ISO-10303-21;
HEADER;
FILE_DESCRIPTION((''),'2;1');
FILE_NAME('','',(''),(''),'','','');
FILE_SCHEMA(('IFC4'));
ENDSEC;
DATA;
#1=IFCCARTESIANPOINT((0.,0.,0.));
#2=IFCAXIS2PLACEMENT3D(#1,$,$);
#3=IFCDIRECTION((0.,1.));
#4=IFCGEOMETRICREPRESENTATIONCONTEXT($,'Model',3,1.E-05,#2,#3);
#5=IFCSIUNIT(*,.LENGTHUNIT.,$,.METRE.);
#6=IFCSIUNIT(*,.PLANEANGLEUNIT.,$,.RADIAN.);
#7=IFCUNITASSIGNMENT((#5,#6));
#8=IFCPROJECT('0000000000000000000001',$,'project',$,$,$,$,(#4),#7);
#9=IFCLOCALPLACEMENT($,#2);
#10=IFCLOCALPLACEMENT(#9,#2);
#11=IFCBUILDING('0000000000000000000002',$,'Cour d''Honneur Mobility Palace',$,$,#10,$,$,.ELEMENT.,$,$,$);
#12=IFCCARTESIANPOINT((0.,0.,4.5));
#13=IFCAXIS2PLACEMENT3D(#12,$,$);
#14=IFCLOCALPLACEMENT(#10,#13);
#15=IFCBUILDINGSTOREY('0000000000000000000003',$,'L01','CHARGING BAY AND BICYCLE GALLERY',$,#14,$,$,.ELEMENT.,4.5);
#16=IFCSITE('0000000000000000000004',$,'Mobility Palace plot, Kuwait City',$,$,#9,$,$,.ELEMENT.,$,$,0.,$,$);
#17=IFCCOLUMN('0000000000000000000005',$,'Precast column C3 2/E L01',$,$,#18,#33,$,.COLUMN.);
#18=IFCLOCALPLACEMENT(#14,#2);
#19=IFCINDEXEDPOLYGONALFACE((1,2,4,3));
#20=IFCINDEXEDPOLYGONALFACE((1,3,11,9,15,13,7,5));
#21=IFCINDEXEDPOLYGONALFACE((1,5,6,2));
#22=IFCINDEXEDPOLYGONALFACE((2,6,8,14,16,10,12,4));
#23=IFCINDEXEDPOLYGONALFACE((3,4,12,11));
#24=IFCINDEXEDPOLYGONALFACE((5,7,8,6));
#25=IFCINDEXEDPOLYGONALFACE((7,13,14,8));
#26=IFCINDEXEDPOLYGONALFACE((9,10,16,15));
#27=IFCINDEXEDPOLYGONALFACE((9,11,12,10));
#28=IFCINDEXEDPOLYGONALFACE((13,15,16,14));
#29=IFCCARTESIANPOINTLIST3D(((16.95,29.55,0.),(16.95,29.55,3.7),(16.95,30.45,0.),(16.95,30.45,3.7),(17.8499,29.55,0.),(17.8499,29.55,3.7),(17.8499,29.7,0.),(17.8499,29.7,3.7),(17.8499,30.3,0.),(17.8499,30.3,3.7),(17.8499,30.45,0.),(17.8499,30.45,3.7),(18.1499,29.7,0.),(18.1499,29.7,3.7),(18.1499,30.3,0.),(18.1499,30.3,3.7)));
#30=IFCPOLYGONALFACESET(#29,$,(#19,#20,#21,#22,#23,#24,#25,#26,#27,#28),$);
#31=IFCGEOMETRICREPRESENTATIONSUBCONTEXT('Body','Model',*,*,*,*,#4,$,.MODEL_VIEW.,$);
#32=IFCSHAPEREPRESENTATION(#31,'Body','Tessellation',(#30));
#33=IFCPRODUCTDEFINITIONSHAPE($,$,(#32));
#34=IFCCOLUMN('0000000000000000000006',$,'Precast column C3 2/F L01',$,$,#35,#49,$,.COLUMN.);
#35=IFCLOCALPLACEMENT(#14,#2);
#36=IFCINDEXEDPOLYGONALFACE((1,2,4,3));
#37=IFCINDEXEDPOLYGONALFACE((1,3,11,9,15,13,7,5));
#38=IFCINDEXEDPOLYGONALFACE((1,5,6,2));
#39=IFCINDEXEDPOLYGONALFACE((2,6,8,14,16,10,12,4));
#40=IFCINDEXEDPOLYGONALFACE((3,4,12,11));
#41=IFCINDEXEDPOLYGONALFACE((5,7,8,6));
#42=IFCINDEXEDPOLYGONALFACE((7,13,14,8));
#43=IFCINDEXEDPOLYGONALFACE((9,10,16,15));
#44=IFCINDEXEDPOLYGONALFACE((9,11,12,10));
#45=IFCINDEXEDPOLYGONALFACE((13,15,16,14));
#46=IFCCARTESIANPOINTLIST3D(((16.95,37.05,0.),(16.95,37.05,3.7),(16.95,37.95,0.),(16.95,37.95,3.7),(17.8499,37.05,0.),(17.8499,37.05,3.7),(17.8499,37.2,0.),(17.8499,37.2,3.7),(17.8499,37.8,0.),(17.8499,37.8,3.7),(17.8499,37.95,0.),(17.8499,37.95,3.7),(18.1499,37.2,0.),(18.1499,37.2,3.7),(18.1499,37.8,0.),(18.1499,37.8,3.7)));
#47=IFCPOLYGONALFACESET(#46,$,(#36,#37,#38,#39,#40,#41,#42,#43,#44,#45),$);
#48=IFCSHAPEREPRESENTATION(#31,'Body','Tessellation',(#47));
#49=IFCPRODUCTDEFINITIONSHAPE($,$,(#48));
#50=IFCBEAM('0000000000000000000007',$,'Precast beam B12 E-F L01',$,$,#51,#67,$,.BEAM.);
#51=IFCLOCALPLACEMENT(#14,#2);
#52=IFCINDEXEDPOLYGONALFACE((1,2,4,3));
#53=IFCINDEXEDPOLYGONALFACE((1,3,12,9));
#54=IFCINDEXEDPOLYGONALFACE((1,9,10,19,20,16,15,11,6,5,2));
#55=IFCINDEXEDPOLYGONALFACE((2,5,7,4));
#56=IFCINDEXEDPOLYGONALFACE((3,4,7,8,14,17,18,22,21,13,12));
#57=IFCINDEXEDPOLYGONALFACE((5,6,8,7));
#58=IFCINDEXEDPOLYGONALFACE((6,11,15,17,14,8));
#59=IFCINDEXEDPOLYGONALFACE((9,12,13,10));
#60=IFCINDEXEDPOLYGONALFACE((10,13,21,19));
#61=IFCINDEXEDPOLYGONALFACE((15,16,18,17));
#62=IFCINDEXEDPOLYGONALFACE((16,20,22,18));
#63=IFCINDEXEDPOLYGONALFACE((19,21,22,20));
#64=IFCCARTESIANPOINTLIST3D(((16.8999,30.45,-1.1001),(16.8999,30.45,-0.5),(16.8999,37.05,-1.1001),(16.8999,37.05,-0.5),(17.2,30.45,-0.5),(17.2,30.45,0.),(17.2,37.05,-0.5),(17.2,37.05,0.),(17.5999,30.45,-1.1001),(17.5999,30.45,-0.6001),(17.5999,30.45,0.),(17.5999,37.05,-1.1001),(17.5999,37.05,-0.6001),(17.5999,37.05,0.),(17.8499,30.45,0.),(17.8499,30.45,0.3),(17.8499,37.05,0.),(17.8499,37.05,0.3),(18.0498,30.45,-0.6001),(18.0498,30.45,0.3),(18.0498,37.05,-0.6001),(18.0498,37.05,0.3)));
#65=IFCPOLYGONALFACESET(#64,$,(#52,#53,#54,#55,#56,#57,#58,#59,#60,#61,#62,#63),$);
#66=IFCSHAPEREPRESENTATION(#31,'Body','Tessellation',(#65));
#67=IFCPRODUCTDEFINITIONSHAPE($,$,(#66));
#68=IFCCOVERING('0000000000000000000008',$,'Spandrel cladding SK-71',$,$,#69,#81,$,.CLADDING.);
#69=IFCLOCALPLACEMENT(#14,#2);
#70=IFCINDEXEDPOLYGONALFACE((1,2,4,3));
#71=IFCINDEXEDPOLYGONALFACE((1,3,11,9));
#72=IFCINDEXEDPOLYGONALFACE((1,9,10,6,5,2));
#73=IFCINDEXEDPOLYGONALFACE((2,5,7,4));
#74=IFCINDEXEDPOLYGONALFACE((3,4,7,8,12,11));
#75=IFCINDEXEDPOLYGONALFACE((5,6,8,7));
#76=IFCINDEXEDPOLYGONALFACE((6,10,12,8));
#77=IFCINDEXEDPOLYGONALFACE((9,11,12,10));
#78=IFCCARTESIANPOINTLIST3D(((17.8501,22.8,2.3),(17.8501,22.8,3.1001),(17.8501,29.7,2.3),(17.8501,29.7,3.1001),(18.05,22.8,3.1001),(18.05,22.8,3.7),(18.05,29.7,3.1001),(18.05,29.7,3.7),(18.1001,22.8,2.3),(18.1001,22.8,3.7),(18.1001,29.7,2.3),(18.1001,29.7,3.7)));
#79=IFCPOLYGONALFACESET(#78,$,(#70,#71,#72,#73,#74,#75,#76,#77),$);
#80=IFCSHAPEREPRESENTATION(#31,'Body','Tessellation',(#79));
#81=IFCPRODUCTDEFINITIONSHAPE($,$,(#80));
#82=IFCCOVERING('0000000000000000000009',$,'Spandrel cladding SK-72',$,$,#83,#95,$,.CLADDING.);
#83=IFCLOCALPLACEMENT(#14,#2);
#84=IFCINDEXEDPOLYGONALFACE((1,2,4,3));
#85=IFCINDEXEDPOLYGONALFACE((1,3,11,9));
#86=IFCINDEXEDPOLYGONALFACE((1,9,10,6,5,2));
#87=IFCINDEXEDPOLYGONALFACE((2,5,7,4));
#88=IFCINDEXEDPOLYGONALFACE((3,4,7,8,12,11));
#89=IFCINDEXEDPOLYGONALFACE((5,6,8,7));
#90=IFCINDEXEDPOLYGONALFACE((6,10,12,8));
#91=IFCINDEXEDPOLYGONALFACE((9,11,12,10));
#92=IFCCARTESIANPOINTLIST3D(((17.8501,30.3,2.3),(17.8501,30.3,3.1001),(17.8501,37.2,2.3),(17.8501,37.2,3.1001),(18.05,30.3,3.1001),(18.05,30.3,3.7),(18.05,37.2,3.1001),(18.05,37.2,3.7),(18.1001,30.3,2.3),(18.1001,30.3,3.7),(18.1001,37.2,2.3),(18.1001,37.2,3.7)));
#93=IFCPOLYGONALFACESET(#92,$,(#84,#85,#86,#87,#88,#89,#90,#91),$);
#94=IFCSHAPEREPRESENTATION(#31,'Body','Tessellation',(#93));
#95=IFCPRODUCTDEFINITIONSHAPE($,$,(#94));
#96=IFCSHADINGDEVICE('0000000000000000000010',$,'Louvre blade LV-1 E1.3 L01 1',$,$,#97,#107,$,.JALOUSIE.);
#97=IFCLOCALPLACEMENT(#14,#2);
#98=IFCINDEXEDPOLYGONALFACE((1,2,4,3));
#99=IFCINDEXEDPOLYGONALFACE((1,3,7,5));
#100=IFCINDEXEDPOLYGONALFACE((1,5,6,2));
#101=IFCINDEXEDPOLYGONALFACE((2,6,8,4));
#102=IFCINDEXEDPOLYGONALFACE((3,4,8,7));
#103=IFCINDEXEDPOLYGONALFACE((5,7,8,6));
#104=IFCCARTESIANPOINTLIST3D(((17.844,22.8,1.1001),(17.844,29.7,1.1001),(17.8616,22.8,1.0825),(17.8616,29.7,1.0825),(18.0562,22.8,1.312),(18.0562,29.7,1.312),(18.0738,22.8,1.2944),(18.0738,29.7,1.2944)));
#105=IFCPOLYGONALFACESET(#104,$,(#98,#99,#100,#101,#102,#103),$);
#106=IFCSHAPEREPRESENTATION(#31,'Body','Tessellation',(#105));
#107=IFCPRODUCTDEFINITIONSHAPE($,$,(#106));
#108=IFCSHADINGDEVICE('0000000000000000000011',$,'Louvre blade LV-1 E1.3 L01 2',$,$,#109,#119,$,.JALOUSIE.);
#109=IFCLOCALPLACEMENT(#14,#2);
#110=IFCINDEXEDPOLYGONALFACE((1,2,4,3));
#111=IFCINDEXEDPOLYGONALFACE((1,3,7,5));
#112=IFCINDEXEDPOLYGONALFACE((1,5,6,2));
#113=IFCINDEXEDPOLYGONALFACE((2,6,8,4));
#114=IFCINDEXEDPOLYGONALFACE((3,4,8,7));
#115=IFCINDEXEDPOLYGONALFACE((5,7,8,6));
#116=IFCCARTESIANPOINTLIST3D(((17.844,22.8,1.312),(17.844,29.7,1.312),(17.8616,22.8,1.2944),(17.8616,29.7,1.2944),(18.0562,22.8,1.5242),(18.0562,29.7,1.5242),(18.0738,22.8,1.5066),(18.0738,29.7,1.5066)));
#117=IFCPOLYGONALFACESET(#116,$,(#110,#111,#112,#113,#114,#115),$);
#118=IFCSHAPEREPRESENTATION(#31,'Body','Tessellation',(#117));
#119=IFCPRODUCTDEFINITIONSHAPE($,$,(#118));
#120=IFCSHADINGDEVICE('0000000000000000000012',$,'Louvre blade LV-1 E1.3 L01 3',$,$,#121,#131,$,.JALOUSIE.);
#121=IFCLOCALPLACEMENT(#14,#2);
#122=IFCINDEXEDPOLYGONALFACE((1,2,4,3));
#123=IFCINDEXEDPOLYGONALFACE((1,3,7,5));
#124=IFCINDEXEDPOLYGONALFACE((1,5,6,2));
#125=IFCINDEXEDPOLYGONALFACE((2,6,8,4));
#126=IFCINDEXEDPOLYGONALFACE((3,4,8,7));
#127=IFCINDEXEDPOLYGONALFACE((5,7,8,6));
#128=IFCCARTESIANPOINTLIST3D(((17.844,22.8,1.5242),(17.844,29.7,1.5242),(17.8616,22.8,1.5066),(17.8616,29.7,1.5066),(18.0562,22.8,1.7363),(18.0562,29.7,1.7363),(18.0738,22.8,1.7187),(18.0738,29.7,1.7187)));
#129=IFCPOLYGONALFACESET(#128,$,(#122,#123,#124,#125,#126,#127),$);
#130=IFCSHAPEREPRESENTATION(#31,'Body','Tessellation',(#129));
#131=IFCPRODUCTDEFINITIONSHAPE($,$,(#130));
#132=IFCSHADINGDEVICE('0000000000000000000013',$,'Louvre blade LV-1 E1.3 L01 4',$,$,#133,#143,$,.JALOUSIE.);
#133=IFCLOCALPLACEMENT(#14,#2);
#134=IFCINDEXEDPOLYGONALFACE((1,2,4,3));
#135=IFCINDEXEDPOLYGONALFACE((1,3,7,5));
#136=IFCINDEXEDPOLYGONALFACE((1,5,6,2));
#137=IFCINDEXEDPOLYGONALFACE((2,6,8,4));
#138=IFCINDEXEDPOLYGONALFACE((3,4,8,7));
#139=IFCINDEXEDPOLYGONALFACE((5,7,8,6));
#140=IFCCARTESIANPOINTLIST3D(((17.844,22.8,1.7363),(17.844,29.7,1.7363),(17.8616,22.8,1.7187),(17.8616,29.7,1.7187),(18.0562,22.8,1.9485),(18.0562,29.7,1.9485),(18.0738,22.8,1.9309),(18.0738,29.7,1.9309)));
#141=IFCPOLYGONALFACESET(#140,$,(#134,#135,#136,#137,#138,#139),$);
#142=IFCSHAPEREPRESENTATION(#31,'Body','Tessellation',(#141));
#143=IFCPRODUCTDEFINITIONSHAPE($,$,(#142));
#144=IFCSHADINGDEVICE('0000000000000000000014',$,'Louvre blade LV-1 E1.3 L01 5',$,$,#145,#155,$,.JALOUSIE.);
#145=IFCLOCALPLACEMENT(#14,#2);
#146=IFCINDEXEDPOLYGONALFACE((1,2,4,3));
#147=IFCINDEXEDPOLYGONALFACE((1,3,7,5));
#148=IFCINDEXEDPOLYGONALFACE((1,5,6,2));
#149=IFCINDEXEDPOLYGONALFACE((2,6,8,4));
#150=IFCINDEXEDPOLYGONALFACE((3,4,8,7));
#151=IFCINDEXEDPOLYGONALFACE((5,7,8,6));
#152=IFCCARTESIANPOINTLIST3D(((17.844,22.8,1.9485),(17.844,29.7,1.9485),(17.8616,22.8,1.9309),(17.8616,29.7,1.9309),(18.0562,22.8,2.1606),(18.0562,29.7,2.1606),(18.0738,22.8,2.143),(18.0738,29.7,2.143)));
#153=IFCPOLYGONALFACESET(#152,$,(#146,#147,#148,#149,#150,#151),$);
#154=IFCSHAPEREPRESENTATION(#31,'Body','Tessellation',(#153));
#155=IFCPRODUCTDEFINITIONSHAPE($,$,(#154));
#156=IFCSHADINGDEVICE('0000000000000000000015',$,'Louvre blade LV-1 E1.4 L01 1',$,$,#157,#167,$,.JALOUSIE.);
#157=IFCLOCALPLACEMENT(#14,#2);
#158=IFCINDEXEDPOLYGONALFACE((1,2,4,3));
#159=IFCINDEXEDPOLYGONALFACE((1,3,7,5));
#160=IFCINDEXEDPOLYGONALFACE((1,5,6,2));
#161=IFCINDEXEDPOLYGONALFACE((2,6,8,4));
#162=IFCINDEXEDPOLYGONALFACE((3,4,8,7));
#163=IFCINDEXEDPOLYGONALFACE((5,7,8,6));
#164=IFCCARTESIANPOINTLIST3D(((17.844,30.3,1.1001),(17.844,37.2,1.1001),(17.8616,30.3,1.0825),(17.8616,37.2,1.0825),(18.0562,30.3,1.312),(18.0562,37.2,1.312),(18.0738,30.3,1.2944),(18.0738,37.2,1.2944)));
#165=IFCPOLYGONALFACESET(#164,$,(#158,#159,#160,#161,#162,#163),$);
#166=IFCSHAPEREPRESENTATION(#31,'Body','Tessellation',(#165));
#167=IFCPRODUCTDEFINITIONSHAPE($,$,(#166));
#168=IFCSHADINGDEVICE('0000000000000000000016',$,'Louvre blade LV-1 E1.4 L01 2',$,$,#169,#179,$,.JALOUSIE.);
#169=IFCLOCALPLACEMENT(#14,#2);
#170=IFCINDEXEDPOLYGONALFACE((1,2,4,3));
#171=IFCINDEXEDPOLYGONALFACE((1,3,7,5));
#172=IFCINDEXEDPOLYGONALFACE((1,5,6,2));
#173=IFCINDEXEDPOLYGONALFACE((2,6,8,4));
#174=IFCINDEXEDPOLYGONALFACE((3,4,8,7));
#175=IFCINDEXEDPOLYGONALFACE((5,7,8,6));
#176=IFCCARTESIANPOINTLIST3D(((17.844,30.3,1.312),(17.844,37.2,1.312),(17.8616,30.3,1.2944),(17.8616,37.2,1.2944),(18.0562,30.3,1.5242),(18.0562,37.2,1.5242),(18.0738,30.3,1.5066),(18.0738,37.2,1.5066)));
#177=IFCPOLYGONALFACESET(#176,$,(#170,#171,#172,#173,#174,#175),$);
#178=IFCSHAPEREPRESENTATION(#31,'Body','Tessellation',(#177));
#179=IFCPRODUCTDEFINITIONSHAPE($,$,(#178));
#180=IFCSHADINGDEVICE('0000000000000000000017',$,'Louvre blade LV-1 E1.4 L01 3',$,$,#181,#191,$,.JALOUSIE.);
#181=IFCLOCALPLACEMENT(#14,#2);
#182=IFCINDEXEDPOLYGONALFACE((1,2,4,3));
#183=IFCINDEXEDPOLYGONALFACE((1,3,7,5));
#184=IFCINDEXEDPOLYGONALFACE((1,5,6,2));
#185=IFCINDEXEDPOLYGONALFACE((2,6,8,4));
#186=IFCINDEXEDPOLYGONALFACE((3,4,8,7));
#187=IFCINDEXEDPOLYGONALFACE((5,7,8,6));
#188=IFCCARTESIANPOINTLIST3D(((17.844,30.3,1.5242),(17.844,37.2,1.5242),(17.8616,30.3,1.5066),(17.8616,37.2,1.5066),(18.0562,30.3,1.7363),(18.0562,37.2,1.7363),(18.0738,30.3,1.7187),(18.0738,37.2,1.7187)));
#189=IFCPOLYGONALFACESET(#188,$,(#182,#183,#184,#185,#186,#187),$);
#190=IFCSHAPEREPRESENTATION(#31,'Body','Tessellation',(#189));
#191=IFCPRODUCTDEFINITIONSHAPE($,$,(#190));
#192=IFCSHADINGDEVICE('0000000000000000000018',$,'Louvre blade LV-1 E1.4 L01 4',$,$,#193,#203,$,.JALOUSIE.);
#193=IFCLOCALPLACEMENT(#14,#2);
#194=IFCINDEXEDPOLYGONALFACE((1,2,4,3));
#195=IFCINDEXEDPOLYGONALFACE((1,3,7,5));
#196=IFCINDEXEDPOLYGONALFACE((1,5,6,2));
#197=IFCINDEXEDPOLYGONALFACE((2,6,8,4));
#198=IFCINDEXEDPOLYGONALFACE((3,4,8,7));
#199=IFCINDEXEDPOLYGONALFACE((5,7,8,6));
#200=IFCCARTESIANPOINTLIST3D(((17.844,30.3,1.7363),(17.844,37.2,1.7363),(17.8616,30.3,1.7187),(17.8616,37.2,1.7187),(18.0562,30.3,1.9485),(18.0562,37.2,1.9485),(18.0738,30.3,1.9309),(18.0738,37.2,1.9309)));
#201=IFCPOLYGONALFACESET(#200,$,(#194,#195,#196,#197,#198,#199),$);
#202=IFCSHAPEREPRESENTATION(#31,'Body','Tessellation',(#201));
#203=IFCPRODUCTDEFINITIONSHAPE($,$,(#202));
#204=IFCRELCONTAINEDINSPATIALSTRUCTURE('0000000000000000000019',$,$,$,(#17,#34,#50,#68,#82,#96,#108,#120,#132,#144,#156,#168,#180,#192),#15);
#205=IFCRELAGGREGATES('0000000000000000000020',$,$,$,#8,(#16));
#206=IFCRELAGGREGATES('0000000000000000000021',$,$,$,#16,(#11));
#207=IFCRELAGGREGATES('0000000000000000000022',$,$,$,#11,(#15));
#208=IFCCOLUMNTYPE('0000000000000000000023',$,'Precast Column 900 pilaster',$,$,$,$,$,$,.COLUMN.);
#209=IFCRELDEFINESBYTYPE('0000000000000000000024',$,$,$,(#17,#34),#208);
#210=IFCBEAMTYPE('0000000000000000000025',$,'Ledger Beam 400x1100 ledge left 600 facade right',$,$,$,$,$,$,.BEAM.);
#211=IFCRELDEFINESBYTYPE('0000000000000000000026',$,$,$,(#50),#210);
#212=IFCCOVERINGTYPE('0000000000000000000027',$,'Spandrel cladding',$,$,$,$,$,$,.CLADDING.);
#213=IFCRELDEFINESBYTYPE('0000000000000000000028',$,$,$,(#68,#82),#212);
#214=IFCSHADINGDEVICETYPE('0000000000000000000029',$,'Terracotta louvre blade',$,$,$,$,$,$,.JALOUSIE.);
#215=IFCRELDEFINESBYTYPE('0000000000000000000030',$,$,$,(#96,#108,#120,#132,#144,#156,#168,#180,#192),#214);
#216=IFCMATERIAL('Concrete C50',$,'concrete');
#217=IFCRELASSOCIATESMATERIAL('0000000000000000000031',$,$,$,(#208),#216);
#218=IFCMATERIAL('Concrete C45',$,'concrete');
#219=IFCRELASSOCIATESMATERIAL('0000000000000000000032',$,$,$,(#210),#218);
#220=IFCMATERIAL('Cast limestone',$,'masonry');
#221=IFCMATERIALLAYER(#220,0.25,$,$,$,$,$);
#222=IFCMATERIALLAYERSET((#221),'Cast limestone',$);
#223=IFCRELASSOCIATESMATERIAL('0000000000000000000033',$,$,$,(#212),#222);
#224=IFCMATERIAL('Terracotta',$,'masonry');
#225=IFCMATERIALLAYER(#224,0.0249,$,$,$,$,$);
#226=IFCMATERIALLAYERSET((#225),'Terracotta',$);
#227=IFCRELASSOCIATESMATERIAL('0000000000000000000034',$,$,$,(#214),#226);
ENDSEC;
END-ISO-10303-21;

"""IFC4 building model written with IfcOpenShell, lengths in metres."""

from ifc_helpers import new_model, si_unit, direction, frame, origin, place, context, subcontext, project, spatial, polyline, outline, extrude, material, layer, layer_set, material_profile, profile_set, type_object, element, save


model = new_model("IFC4")

# Units and contexts
model_context = context("Model", 3, precision=1e-05, world=origin(), true_north=direction((0.0, 1.0)))
body_context = subcontext(model_context, "Body", "Model", "MODEL_VIEW")
ifc_project = project(units=[si_unit("LENGTHUNIT", "METRE"), si_unit("PLANEANGLEUNIT", "RADIAN")], contexts=[model_context])

# Site, building, storey
site_placement = place(None, origin())
site = spatial("IfcSite", under=ifc_project, at=site_placement, Name="Mobility Palace plot, Kuwait City", CompositionType="ELEMENT", RefElevation=0.0)
building_placement = place(site_placement, origin())
building = spatial("IfcBuilding", under=site, at=building_placement, Name="Cour d'Honneur Mobility Palace", CompositionType="ELEMENT")
storey_placement = place(building_placement, frame((0.0, 0.0, 4.5)))
storey = spatial("IfcBuildingStorey", under=building, at=storey_placement, Name="L01", Description="CHARGING BAY AND BICYCLE GALLERY", CompositionType="ELEMENT", Elevation=4.5)

# Columns
ifc_material_1 = material(Name="Concrete C50", Category="concrete")
ifc_material_profile_1 = material_profile(ifc_material_1, outline(polyline([(-0.45, -0.45), (0.45, -0.45), (0.45, -0.3), (0.75, -0.3), (0.75, 0.3), (0.45, 0.3), (0.45, 0.45), (-0.45, 0.45), (-0.45, -0.45)])), Name="PC C900 pilaster")
ifc_profile_set_1 = profile_set([ifc_material_profile_1], Name="Concrete C50")
column_type = type_object("IfcColumnType", Name="Precast Column 900 pilaster", PredefinedType="COLUMN", material=ifc_profile_set_1)
for number, where, z_axis, x_axis, name in (
    (1, (17.3999, 30.0, 0.0), (0.0, 0.0, 1.0), (1.0, 0.0, 0.0), "Precast column C3 2/E L01"),
    (2, (17.3999, 37.5, 0.0), (0.0, 0.0, 1.0), (1.0, 0.0, 0.0), "Precast column C3 2/F L01"),
):
    element("IfcColumn", number, at=place(storey_placement, frame(where, z_axis=z_axis, x_axis=x_axis)), inside=storey, type_object=column_type, Name=name, PredefinedType="COLUMN", context=body_context, shape_type="SweptSolid", body=[
        extrude(outline(polyline([(-0.45, -0.45), (0.45, -0.45), (0.45, -0.3), (0.75, -0.3), (0.75, 0.3), (0.45, 0.3), (0.45, 0.45), (-0.45, 0.45), (-0.45, -0.45)])), origin(), (0.0, 0.0, 1.0), 3.7),
    ])

# Beam
ifc_material_2 = material(Name="Concrete C45", Category="concrete")
ifc_material_profile_2 = material_profile(ifc_material_2, outline(polyline([(0.5, -1.1001), (0.5, -0.5), (0.2, -0.5), (0.2, 0.0), (-0.2, 0.0), (-0.45, 0.0), (-0.45, 0.3), (-0.6499, 0.3), (-0.6499, -0.6001), (-0.2, -0.6001), (-0.2, -1.1001), (0.5, -1.1001)])), Name="Ledger Beam 400x1100 ledge left 600 facade right")
ifc_profile_set_2 = profile_set([ifc_material_profile_2], Name="Concrete C45")
beam_type = type_object("IfcBeamType", Name="Ledger Beam 400x1100 ledge left 600 facade right", PredefinedType="BEAM", material=ifc_profile_set_2)
beam_placement = place(storey_placement, frame((17.3999, 30.45, 0.0), z_axis=(0.0, 1.0, 0.0), x_axis=(-1.0, 0.0, 0.0)))
element("IfcBeam", 3, at=beam_placement, inside=storey, type_object=beam_type, Name="Precast beam B12 E-F L01", PredefinedType="BEAM", context=body_context, shape_type="SweptSolid", body=[
    extrude(outline(polyline([(0.5, -1.1001), (0.5, -0.5), (0.2, -0.5), (0.2, 0.0), (-0.2, 0.0), (-0.45, 0.0), (-0.45, 0.3), (-0.6499, 0.3), (-0.6499, -0.6001), (-0.2, -0.6001), (-0.2, -1.1001), (0.5, -1.1001)])), origin(), (0.0, 0.0, 1.0), 6.6001),
])

# Coverings
ifc_material_3 = material(Name="Cast limestone", Category="masonry")
ifc_layer_1 = layer(ifc_material_3, 0.25)
ifc_layer_set_1 = layer_set([ifc_layer_1], Name="Cast limestone")
covering_type = type_object("IfcCoveringType", Name="Spandrel cladding", PredefinedType="CLADDING", material=ifc_layer_set_1)
for number, where, z_axis, x_axis, name in (
    (4, (17.8501, 22.8, 2.3), (0.0, -1.0, 0.0), (1.0, 0.0, 0.0), "Spandrel cladding SK-71"),
    (5, (17.8501, 30.3, 2.3), (0.0, -1.0, 0.0), (1.0, 0.0, 0.0), "Spandrel cladding SK-72"),
):
    element("IfcCovering", number, at=place(storey_placement, frame(where, z_axis=z_axis, x_axis=x_axis)), inside=storey, type_object=covering_type, Name=name, PredefinedType="CLADDING", context=body_context, shape_type="SweptSolid", body=[
        extrude(outline(polyline([(0.0, 0.0), (0.25, 0.0), (0.25, 1.3999), (0.2, 1.3999), (0.2, 0.8), (0.0, 0.8), (0.0, 0.0)])), origin(), (0.0, 0.0, -1.0), 6.8999),
    ])

# Shading devices
ifc_material_4 = material(Name="Terracotta", Category="masonry")
ifc_layer_2 = layer(ifc_material_4, 0.0249)
ifc_layer_set_2 = layer_set([ifc_layer_2], Name="Terracotta")
shading_device_type = type_object("IfcShadingDeviceType", Name="Terracotta louvre blade", PredefinedType="JALOUSIE", material=ifc_layer_set_2)
shading_device_1_placement = place(storey_placement, frame((17.844, 22.8, 1.1001), z_axis=(-0.7067, 0.0, 0.707514), x_axis=(0.0, 1.0, 0.0)))
element("IfcShadingDevice", 6, at=shading_device_1_placement, inside=storey, type_object=shading_device_type, Name="Louvre blade LV-1 E1.3 L01 1", PredefinedType="JALOUSIE", context=body_context, shape_type="SweptSolid", body=[
    extrude(outline(polyline([(0.0, 0.0), (6.8999, 0.0), (6.8999, -0.2999), (0.0, -0.2999), (0.0, 0.0)])), origin(), (0.0, 0.0, -1.0), 0.0249),
])
for number, where, z_axis, x_axis, name in (
    (7, (17.844, 22.8, 1.312), (-0.707107, 0.0, 0.707107), (0.0, 1.0, 0.0), "Louvre blade LV-1 E1.3 L01 2"),
    (8, (17.844, 22.8, 1.5242), (-0.707107, 0.0, 0.707107), (0.0, 1.0, 0.0), "Louvre blade LV-1 E1.3 L01 3"),
    (9, (17.844, 22.8, 1.7363), (-0.707107, 0.0, 0.707107), (0.0, 1.0, 0.0), "Louvre blade LV-1 E1.3 L01 4"),
    (10, (17.844, 22.8, 1.9485), (-0.707107, 0.0, 0.707107), (0.0, 1.0, 0.0), "Louvre blade LV-1 E1.3 L01 5"),
):
    element("IfcShadingDevice", number, at=place(storey_placement, frame(where, z_axis=z_axis, x_axis=x_axis)), inside=storey, type_object=shading_device_type, Name=name, PredefinedType="JALOUSIE", context=body_context, shape_type="SweptSolid", body=[
        extrude(outline(polyline([(0.0, 0.0), (6.8999, 0.0), (6.8999, -0.3), (0.0, -0.3), (0.0, 0.0)])), origin(), (0.0, 0.0, -1.0), 0.0249),
    ])
shading_device_2_placement = place(storey_placement, frame((17.844, 30.3, 1.1001), z_axis=(-0.7067, 0.0, 0.707514), x_axis=(0.0, 1.0, 0.0)))
element("IfcShadingDevice", 11, at=shading_device_2_placement, inside=storey, type_object=shading_device_type, Name="Louvre blade LV-1 E1.4 L01 1", PredefinedType="JALOUSIE", context=body_context, shape_type="SweptSolid", body=[
    extrude(outline(polyline([(0.0, 0.0), (6.8999, 0.0), (6.8999, -0.2999), (0.0, -0.2999), (0.0, 0.0)])), origin(), (0.0, 0.0, -1.0), 0.0249),
])
for number, where, z_axis, x_axis, name in (
    (12, (17.844, 30.3, 1.312), (-0.707107, 0.0, 0.707107), (0.0, 1.0, 0.0), "Louvre blade LV-1 E1.4 L01 2"),
    (13, (17.844, 30.3, 1.5242), (-0.707107, 0.0, 0.707107), (0.0, 1.0, 0.0), "Louvre blade LV-1 E1.4 L01 3"),
    (14, (17.844, 30.3, 1.7363), (-0.707107, 0.0, 0.707107), (0.0, 1.0, 0.0), "Louvre blade LV-1 E1.4 L01 4"),
):
    element("IfcShadingDevice", number, at=place(storey_placement, frame(where, z_axis=z_axis, x_axis=x_axis)), inside=storey, type_object=shading_device_type, Name=name, PredefinedType="JALOUSIE", context=body_context, shape_type="SweptSolid", body=[
        extrude(outline(polyline([(0.0, 0.0), (6.8999, 0.0), (6.8999, -0.3), (0.0, -0.3), (0.0, 0.0)])), origin(), (0.0, 0.0, -1.0), 0.0249),
    ])

save(model, "model.ifc")
